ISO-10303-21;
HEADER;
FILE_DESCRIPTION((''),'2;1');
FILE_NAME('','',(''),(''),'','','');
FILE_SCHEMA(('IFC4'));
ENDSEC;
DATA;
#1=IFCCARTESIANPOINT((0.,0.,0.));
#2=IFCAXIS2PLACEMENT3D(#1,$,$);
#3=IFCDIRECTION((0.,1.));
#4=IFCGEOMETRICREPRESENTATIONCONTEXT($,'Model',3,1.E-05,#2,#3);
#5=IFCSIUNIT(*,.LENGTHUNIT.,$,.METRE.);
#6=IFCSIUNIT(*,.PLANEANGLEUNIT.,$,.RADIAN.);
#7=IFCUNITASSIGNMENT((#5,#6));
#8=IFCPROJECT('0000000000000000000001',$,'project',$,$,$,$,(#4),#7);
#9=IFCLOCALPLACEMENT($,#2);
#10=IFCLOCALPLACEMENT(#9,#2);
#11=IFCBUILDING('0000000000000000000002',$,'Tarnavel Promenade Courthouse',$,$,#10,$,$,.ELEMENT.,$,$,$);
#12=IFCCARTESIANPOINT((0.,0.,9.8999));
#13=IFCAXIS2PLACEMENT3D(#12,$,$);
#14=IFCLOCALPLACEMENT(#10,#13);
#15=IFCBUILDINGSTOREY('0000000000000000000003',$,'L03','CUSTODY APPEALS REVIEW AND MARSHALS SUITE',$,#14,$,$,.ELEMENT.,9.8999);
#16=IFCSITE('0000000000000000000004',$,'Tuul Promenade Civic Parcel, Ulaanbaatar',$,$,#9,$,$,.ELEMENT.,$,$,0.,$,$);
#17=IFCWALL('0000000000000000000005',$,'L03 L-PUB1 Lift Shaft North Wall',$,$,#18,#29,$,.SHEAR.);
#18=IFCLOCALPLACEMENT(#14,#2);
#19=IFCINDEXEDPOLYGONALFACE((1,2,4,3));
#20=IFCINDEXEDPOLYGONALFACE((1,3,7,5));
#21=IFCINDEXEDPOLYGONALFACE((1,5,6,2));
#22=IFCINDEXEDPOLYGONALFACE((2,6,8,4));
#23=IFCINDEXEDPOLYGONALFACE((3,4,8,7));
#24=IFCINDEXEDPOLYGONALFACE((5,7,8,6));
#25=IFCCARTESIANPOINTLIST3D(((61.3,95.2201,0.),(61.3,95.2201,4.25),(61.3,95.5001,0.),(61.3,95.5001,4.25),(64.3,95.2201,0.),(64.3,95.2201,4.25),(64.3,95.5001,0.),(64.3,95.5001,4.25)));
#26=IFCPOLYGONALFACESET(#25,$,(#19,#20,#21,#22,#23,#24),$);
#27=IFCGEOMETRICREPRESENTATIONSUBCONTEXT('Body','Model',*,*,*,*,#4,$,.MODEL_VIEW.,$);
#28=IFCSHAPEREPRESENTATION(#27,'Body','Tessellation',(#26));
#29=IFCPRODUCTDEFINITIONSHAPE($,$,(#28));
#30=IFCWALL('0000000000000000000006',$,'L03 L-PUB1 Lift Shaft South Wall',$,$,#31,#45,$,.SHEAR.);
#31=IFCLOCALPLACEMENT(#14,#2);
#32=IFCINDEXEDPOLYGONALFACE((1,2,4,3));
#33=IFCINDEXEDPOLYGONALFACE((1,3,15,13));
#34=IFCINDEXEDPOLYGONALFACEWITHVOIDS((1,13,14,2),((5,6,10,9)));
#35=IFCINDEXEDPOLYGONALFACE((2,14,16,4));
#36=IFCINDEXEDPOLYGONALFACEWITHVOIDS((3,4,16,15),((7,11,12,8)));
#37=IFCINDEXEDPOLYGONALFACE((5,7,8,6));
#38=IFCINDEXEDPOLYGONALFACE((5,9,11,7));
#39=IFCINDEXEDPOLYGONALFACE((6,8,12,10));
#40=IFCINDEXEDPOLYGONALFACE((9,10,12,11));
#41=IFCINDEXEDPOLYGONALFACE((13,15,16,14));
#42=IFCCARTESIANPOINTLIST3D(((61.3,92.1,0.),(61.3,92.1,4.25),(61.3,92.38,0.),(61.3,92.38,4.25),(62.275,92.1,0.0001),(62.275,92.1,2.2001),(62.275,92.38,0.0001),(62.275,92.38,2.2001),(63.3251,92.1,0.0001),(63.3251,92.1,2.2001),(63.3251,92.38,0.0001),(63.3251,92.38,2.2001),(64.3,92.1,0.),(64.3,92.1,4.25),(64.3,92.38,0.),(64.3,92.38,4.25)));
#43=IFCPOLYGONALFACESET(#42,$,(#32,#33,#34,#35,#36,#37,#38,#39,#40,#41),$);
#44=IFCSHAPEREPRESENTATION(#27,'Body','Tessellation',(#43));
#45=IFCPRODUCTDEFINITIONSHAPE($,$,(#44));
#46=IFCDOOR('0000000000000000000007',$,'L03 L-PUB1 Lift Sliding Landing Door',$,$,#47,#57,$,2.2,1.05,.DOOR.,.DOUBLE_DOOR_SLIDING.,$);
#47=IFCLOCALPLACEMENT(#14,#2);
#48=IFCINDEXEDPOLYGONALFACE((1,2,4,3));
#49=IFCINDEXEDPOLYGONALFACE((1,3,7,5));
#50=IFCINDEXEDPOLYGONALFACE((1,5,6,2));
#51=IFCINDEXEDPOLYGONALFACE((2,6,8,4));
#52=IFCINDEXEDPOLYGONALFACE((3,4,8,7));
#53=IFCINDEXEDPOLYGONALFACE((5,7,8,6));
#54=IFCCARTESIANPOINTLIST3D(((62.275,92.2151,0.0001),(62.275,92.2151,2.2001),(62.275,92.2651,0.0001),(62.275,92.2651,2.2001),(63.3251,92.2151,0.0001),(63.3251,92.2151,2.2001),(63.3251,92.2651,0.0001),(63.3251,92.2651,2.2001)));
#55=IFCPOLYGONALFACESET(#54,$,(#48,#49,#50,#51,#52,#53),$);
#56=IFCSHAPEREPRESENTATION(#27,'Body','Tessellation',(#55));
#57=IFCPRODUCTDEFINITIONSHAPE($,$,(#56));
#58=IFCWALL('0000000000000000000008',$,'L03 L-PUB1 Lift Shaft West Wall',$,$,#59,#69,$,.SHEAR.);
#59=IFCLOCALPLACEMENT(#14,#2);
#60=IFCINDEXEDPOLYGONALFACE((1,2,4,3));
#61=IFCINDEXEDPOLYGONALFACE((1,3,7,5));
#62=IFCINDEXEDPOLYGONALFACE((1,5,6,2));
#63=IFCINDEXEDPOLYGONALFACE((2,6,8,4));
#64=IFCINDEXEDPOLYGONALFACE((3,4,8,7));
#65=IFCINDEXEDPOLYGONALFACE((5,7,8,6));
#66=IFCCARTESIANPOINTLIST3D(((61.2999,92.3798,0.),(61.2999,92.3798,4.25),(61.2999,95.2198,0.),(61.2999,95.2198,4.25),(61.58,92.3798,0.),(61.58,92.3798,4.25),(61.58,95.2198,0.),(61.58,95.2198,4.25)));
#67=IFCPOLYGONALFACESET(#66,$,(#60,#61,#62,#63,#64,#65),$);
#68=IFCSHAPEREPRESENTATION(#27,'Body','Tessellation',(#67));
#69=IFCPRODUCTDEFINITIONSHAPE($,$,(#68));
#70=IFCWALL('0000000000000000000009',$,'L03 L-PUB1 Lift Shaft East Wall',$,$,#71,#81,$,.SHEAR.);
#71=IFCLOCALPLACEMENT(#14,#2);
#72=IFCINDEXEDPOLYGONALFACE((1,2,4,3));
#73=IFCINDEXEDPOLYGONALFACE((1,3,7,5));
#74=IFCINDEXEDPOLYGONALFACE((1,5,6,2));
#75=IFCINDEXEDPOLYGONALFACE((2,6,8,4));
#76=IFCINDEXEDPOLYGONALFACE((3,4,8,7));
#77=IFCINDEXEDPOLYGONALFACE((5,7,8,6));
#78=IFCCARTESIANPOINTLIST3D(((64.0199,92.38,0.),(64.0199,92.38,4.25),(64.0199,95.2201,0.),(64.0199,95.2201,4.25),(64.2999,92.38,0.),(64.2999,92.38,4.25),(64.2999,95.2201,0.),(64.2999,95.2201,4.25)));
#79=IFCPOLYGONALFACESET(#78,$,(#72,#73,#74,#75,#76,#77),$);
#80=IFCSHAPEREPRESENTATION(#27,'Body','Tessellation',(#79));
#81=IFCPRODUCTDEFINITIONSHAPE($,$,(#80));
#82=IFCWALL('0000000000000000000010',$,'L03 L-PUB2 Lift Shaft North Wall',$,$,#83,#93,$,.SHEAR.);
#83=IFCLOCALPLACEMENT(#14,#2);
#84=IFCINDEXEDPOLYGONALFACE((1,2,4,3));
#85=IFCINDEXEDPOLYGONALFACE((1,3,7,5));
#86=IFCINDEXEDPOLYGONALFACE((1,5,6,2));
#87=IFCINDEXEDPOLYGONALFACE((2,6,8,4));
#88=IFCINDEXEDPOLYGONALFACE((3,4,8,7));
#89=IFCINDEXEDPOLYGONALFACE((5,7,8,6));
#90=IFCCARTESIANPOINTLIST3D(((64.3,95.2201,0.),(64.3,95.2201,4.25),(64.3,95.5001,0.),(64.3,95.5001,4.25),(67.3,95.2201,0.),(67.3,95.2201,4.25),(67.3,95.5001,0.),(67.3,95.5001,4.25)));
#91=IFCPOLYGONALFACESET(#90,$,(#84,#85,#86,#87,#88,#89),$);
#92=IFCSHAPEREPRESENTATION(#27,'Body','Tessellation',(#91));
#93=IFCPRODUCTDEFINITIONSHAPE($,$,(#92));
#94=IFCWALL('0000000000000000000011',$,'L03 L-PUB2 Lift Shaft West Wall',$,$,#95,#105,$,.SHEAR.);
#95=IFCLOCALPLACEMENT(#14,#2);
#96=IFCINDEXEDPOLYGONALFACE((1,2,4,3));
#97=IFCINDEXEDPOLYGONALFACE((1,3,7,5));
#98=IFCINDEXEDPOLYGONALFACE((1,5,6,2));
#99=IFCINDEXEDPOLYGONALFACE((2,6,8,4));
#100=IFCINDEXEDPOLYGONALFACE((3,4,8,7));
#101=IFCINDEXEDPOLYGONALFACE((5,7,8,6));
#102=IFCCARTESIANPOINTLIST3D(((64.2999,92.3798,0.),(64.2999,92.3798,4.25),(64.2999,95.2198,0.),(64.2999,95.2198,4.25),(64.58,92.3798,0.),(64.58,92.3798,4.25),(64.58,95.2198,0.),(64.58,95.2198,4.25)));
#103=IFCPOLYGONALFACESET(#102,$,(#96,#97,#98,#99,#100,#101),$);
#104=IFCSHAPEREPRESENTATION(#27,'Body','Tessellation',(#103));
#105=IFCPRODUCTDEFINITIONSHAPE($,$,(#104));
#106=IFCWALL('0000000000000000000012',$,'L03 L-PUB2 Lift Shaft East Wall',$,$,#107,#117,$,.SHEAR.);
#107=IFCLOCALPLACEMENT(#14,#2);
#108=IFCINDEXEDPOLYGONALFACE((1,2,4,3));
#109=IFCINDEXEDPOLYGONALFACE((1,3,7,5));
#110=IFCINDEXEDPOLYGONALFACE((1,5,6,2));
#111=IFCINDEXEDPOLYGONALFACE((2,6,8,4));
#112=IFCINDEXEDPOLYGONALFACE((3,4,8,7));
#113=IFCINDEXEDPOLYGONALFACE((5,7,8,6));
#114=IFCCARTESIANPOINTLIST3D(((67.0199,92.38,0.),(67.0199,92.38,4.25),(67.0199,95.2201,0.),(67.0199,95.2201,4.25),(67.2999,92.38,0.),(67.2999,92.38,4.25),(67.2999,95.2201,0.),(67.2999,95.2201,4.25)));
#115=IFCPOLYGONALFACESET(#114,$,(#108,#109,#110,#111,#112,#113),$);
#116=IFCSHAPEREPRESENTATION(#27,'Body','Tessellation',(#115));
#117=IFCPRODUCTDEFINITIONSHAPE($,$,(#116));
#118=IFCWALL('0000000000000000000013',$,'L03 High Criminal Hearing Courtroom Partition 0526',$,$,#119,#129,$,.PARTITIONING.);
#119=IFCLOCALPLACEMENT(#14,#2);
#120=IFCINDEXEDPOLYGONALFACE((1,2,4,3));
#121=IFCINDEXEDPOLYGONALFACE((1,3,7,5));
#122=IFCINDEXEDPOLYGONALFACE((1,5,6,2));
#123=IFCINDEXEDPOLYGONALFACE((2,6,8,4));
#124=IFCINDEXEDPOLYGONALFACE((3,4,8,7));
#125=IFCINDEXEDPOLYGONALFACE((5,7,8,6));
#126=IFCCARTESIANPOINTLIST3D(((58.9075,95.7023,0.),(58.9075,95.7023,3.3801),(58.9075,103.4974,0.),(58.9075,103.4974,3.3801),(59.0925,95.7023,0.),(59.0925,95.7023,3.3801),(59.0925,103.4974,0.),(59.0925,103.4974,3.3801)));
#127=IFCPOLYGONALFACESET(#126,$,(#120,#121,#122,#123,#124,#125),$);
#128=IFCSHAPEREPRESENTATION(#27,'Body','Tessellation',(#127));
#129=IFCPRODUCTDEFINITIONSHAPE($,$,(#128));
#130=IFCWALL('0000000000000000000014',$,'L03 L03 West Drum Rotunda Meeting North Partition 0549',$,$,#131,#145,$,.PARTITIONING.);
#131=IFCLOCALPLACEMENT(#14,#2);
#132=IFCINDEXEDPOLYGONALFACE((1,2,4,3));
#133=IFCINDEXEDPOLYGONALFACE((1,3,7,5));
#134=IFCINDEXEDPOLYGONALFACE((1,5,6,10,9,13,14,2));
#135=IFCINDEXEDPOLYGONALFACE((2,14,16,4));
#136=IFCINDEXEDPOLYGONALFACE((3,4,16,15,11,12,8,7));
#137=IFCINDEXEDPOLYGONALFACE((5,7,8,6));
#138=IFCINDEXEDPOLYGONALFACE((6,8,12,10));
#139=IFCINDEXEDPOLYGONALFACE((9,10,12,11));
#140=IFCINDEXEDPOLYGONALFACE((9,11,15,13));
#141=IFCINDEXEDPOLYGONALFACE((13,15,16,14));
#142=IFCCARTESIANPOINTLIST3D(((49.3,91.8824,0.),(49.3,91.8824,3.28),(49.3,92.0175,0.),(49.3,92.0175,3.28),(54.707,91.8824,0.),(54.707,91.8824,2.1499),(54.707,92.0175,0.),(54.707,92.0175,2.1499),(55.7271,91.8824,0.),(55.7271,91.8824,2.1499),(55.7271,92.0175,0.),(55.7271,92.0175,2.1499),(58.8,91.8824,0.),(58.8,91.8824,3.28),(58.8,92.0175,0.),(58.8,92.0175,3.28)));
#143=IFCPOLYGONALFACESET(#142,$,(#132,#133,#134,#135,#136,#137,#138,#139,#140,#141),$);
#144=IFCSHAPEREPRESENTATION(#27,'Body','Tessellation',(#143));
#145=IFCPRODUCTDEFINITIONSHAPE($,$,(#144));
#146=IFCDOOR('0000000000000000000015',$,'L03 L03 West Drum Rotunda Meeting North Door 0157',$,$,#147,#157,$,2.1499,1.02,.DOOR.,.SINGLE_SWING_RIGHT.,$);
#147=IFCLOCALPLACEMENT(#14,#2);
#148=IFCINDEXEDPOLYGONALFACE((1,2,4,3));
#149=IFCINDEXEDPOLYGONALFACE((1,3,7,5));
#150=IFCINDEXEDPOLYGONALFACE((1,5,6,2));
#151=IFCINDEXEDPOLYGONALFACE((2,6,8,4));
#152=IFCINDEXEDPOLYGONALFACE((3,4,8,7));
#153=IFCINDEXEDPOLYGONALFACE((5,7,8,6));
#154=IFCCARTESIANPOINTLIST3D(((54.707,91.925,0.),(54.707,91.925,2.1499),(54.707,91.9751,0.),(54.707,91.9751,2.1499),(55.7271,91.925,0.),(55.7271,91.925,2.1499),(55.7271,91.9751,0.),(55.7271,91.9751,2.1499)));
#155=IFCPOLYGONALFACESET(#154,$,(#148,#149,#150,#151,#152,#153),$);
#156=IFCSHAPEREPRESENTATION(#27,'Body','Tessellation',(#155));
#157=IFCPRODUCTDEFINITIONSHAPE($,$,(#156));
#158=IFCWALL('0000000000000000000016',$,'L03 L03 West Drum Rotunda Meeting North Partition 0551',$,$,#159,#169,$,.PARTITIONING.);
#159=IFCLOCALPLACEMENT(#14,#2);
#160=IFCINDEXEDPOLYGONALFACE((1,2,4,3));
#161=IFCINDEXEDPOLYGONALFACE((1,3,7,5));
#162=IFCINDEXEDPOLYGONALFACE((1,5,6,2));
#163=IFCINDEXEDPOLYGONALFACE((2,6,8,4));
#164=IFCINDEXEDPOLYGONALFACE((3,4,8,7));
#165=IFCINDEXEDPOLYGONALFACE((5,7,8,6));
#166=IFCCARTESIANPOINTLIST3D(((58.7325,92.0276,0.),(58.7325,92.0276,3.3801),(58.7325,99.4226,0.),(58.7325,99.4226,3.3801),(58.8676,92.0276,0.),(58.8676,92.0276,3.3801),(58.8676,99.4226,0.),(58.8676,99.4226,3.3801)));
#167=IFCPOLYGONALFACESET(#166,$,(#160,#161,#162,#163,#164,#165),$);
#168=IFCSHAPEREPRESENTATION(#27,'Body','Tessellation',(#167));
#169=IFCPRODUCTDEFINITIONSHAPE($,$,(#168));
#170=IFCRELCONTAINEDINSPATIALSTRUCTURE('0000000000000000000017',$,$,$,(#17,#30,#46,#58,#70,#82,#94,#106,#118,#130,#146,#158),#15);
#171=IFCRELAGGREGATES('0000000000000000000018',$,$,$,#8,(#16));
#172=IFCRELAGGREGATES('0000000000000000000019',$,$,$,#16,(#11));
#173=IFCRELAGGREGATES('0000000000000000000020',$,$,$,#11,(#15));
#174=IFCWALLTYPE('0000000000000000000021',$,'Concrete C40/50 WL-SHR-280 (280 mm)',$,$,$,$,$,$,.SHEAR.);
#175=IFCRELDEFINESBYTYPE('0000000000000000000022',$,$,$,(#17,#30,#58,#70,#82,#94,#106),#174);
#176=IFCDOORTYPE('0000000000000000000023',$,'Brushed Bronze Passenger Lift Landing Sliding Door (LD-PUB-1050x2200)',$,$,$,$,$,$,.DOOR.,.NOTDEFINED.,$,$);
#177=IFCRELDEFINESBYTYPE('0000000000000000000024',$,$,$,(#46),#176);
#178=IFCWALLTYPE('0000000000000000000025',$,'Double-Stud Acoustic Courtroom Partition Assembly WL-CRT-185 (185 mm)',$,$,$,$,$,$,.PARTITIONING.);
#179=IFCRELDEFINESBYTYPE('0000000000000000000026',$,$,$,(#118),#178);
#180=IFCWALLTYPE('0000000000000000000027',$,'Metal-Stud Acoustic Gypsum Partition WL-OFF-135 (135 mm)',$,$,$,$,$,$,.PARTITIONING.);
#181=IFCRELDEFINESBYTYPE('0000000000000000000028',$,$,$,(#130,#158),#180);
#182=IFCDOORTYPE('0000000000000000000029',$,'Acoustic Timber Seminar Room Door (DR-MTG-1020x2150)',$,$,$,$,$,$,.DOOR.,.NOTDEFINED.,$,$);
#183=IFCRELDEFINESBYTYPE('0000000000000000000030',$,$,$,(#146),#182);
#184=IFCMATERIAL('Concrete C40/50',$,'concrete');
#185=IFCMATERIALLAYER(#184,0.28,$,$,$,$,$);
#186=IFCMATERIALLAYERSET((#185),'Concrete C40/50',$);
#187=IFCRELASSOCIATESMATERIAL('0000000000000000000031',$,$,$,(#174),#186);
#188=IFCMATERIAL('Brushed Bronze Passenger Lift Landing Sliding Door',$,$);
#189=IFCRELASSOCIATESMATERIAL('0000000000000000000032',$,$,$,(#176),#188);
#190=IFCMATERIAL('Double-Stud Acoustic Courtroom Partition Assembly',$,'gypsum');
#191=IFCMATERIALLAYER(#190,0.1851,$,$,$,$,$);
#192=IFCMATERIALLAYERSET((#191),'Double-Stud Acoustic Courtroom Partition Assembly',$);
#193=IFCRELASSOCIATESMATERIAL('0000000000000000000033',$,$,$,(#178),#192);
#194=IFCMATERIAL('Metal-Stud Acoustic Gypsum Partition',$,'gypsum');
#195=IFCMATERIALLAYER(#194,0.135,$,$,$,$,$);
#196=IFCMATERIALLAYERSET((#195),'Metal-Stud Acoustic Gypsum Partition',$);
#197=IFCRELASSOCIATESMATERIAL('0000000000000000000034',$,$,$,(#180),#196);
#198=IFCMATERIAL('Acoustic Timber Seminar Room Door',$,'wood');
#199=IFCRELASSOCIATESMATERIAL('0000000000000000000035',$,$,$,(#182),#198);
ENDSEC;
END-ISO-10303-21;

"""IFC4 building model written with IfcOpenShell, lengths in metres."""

from ifc_helpers import new_model, si_unit, direction, frame, frame_2d, origin, place, context, subcontext, project, spatial, rectangle, extrude, material, layer, layer_set, type_object, element, fill, save


model = new_model("IFC4")

# Units and contexts
model_context = context("Model", 3, precision=1e-05, world=origin(), true_north=direction((0.0, 1.0)))
body_context = subcontext(model_context, "Body", "Model", "MODEL_VIEW")
ifc_project = project(units=[si_unit("LENGTHUNIT", "METRE"), si_unit("PLANEANGLEUNIT", "RADIAN")], contexts=[model_context])

# Site, building, storey
site_placement = place(None, origin())
site = spatial("IfcSite", under=ifc_project, at=site_placement, Name="Tuul Promenade Civic Parcel, Ulaanbaatar", CompositionType="ELEMENT", RefElevation=0.0)
building_placement = place(site_placement, origin())
building = spatial("IfcBuilding", under=site, at=building_placement, Name="Tarnavel Promenade Courthouse", CompositionType="ELEMENT")
storey_placement = place(building_placement, frame((0.0, 0.0, 9.8999)))
storey = spatial("IfcBuildingStorey", under=building, at=storey_placement, Name="L03", Description="CUSTODY APPEALS REVIEW AND MARSHALS SUITE", CompositionType="ELEMENT", Elevation=9.8999)

# Shared definitions
ifc_material_1 = material(Name="Concrete C40/50", Category="concrete")

# Wall
ifc_layer_1 = layer(ifc_material_1, 0.28)
ifc_layer_set_1 = layer_set([ifc_layer_1], Name="Concrete C40/50")
wall_type_1 = type_object("IfcWallType", Name="Concrete C40/50 WL-SHR-280 (280 mm)", PredefinedType="SHEAR", material=ifc_layer_set_1)
wall_1_placement = place(storey_placement, frame((61.3, 95.3601, 0.0), z_axis=(0.0, 0.0, 1.0), x_axis=(1.0, 0.0, 0.0)))
element("IfcWall", 1, at=wall_1_placement, inside=storey, type_object=wall_type_1, Name="L03 L-PUB1 Lift Shaft North Wall", PredefinedType="SHEAR", context=body_context, shape_type="SweptSolid", body=[
    extrude(rectangle(XDim=3.0, YDim=0.28, at=frame_2d((1.5, 0.0))), origin(), (0.0, 0.0, 1.0), 4.25),
])

# Wall, opening, door
wall_2_placement = place(storey_placement, frame((64.3, 92.24, 0.0), z_axis=(0.0, 0.0, 1.0), x_axis=(-1.0, 0.0, 0.0)))
wall_2 = element("IfcWall", 2, at=wall_2_placement, inside=storey, type_object=wall_type_1, Name="L03 L-PUB1 Lift Shaft South Wall", PredefinedType="SHEAR", context=body_context, shape_type="SweptSolid", body=[
    extrude(rectangle(XDim=3.0, YDim=0.28, at=frame_2d((1.5, 0.0))), origin(), (0.0, 0.0, 1.0), 4.25),
])
opening_1_placement = place(wall_2_placement, frame((0.9751, 0.0, 0.0)))
opening_1 = element("IfcOpeningElement", 3, at=opening_1_placement, cuts=wall_2, PredefinedType="OPENING", context=body_context, shape_type="SweptSolid", body=[
    extrude(rectangle(XDim=1.05, YDim=2.2, at=frame_2d((0.5249, 1.1001))), frame((0.0, 0.1499, 0.0), z_axis=(0.0, -1.0, 0.0), x_axis=(1.0, 0.0, 0.0)), (0.0, 0.0, 1.0), 0.3),
])
ifc_material_2 = material(Name="Brushed Bronze Passenger Lift Landing Sliding Door")
door_type_1 = type_object("IfcDoorType", Name="Brushed Bronze Passenger Lift Landing Sliding Door (LD-PUB-1050x2200)", OperationType="NOTDEFINED", PredefinedType="DOOR", material=ifc_material_2)
door_1_placement = place(opening_1_placement, origin())
door_1 = element("IfcDoor", 4, at=door_1_placement, inside=storey, type_object=door_type_1, Name="L03 L-PUB1 Lift Sliding Landing Door", OperationType="DOUBLE_DOOR_SLIDING", OverallHeight=2.2, OverallWidth=1.05, PredefinedType="DOOR", context=body_context, shape_type="SweptSolid", body=[
    extrude(rectangle(XDim=1.05, YDim=2.2, at=frame_2d((0.5249, 1.1001))), frame((0.0, 0.0249, 0.0), z_axis=(0.0, -1.0, 0.0), x_axis=(1.0, 0.0, 0.0)), (0.0, 0.0, 1.0), 0.05),
])
fill(opening_1, door_1)

# Walls
for number, where, z_axis, x_axis, name in (
    (5, (61.4399, 92.3799, 0.0), (0.0, 0.0, 1.0), (0.0, 1.0, 0.0), "L03 L-PUB1 Lift Shaft West Wall"),
    (6, (64.1599, 95.22, 0.0), (0.0, 0.0, 1.0), (0.0, -1.0, 0.0), "L03 L-PUB1 Lift Shaft East Wall"),
):
    element("IfcWall", number, at=place(storey_placement, frame(where, z_axis=z_axis, x_axis=x_axis)), inside=storey, type_object=wall_type_1, Name=name, PredefinedType="SHEAR", context=body_context, shape_type="SweptSolid", body=[
        extrude(rectangle(XDim=2.8401, YDim=0.28, at=frame_2d((1.4199, 0.0))), origin(), (0.0, 0.0, 1.0), 4.25),
    ])
wall_3_placement = place(storey_placement, frame((64.3, 95.3601, 0.0), z_axis=(0.0, 0.0, 1.0), x_axis=(1.0, 0.0, 0.0)))
element("IfcWall", 7, at=wall_3_placement, inside=storey, type_object=wall_type_1, Name="L03 L-PUB2 Lift Shaft North Wall", PredefinedType="SHEAR", context=body_context, shape_type="SweptSolid", body=[
    extrude(rectangle(XDim=3.0, YDim=0.28, at=frame_2d((1.5, 0.0))), origin(), (0.0, 0.0, 1.0), 4.25),
])
for number, where, z_axis, x_axis, name in (
    (8, (64.4399, 92.3799, 0.0), (0.0, 0.0, 1.0), (0.0, 1.0, 0.0), "L03 L-PUB2 Lift Shaft West Wall"),
    (9, (67.1599, 95.22, 0.0), (0.0, 0.0, 1.0), (0.0, -1.0, 0.0), "L03 L-PUB2 Lift Shaft East Wall"),
):
    element("IfcWall", number, at=place(storey_placement, frame(where, z_axis=z_axis, x_axis=x_axis)), inside=storey, type_object=wall_type_1, Name=name, PredefinedType="SHEAR", context=body_context, shape_type="SweptSolid", body=[
        extrude(rectangle(XDim=2.8401, YDim=0.28, at=frame_2d((1.4199, 0.0))), origin(), (0.0, 0.0, 1.0), 4.25),
    ])
ifc_material_3 = material(Name="Double-Stud Acoustic Courtroom Partition Assembly", Category="gypsum")
ifc_layer_2 = layer(ifc_material_3, 0.1851)
ifc_layer_set_2 = layer_set([ifc_layer_2], Name="Double-Stud Acoustic Courtroom Partition Assembly")
wall_type_2 = type_object("IfcWallType", Name="Double-Stud Acoustic Courtroom Partition Assembly WL-CRT-185 (185 mm)", PredefinedType="PARTITIONING", material=ifc_layer_set_2)
wall_4_placement = place(storey_placement, frame((59.0, 95.7024, 0.0), z_axis=(0.0, 0.0, 1.0), x_axis=(0.0, 1.0, 0.0)))
element("IfcWall", 10, at=wall_4_placement, inside=storey, type_object=wall_type_2, Name="L03 High Criminal Hearing Courtroom Partition 0526", PredefinedType="PARTITIONING", context=body_context, shape_type="SweptSolid", body=[
    extrude(rectangle(XDim=7.7952, YDim=0.1851, at=frame_2d((3.8975, 0.0))), origin(), (0.0, 0.0, 1.0), 3.3801),
])

# Wall, opening, door
ifc_material_4 = material(Name="Metal-Stud Acoustic Gypsum Partition", Category="gypsum")
ifc_layer_3 = layer(ifc_material_4, 0.135)
ifc_layer_set_3 = layer_set([ifc_layer_3], Name="Metal-Stud Acoustic Gypsum Partition")
wall_type_3 = type_object("IfcWallType", Name="Metal-Stud Acoustic Gypsum Partition WL-OFF-135 (135 mm)", PredefinedType="PARTITIONING", material=ifc_layer_set_3)
wall_5_placement = place(storey_placement, frame((58.8, 91.95, 0.0), z_axis=(0.0, 0.0, 1.0), x_axis=(-1.0, 0.0, 0.0)))
wall_5 = element("IfcWall", 11, at=wall_5_placement, inside=storey, type_object=wall_type_3, Name="L03 L03 West Drum Rotunda Meeting North Partition 0549", PredefinedType="PARTITIONING", context=body_context, shape_type="SweptSolid", body=[
    extrude(rectangle(XDim=9.5, YDim=0.135, at=frame_2d((4.75, 0.0))), origin(), (0.0, 0.0, 1.0), 3.28),
])
opening_2_placement = place(wall_5_placement, frame((3.073, 0.0, 0.0)))
opening_2 = element("IfcOpeningElement", 12, at=opening_2_placement, cuts=wall_5, PredefinedType="OPENING", context=body_context, shape_type="SweptSolid", body=[
    extrude(rectangle(XDim=1.02, YDim=2.1499, at=frame_2d((0.51, 1.075))), frame((0.0, 0.0774, 0.0), z_axis=(0.0, -1.0, 0.0), x_axis=(1.0, 0.0, 0.0)), (0.0, 0.0, 1.0), 0.155),
])
ifc_material_5 = material(Name="Acoustic Timber Seminar Room Door", Category="wood")
door_type_2 = type_object("IfcDoorType", Name="Acoustic Timber Seminar Room Door (DR-MTG-1020x2150)", OperationType="NOTDEFINED", PredefinedType="DOOR", material=ifc_material_5)
door_2_placement = place(opening_2_placement, origin())
door_2 = element("IfcDoor", 13, at=door_2_placement, inside=storey, type_object=door_type_2, Name="L03 L03 West Drum Rotunda Meeting North Door 0157", OperationType="SINGLE_SWING_RIGHT", OverallHeight=2.1499, OverallWidth=1.02, PredefinedType="DOOR", context=body_context, shape_type="SweptSolid", body=[
    extrude(rectangle(XDim=1.02, YDim=2.1499, at=frame_2d((0.51, 1.075))), frame((0.0, 0.0249, 0.0), z_axis=(0.0, -1.0, 0.0), x_axis=(1.0, 0.0, 0.0)), (0.0, 0.0, 1.0), 0.05),
])
fill(opening_2, door_2)

# Wall
wall_6_placement = place(storey_placement, frame((58.8, 99.4226, 0.0), z_axis=(0.0, 0.0, 1.0), x_axis=(0.0, -1.0, 0.0)))
element("IfcWall", 14, at=wall_6_placement, inside=storey, type_object=wall_type_3, Name="L03 L03 West Drum Rotunda Meeting North Partition 0551", PredefinedType="PARTITIONING", context=body_context, shape_type="SweptSolid", body=[
    extrude(rectangle(XDim=7.395, YDim=0.135, at=frame_2d((3.6975, 0.0))), origin(), (0.0, 0.0, 1.0), 3.3801),
])

save(model, "model.ifc")
